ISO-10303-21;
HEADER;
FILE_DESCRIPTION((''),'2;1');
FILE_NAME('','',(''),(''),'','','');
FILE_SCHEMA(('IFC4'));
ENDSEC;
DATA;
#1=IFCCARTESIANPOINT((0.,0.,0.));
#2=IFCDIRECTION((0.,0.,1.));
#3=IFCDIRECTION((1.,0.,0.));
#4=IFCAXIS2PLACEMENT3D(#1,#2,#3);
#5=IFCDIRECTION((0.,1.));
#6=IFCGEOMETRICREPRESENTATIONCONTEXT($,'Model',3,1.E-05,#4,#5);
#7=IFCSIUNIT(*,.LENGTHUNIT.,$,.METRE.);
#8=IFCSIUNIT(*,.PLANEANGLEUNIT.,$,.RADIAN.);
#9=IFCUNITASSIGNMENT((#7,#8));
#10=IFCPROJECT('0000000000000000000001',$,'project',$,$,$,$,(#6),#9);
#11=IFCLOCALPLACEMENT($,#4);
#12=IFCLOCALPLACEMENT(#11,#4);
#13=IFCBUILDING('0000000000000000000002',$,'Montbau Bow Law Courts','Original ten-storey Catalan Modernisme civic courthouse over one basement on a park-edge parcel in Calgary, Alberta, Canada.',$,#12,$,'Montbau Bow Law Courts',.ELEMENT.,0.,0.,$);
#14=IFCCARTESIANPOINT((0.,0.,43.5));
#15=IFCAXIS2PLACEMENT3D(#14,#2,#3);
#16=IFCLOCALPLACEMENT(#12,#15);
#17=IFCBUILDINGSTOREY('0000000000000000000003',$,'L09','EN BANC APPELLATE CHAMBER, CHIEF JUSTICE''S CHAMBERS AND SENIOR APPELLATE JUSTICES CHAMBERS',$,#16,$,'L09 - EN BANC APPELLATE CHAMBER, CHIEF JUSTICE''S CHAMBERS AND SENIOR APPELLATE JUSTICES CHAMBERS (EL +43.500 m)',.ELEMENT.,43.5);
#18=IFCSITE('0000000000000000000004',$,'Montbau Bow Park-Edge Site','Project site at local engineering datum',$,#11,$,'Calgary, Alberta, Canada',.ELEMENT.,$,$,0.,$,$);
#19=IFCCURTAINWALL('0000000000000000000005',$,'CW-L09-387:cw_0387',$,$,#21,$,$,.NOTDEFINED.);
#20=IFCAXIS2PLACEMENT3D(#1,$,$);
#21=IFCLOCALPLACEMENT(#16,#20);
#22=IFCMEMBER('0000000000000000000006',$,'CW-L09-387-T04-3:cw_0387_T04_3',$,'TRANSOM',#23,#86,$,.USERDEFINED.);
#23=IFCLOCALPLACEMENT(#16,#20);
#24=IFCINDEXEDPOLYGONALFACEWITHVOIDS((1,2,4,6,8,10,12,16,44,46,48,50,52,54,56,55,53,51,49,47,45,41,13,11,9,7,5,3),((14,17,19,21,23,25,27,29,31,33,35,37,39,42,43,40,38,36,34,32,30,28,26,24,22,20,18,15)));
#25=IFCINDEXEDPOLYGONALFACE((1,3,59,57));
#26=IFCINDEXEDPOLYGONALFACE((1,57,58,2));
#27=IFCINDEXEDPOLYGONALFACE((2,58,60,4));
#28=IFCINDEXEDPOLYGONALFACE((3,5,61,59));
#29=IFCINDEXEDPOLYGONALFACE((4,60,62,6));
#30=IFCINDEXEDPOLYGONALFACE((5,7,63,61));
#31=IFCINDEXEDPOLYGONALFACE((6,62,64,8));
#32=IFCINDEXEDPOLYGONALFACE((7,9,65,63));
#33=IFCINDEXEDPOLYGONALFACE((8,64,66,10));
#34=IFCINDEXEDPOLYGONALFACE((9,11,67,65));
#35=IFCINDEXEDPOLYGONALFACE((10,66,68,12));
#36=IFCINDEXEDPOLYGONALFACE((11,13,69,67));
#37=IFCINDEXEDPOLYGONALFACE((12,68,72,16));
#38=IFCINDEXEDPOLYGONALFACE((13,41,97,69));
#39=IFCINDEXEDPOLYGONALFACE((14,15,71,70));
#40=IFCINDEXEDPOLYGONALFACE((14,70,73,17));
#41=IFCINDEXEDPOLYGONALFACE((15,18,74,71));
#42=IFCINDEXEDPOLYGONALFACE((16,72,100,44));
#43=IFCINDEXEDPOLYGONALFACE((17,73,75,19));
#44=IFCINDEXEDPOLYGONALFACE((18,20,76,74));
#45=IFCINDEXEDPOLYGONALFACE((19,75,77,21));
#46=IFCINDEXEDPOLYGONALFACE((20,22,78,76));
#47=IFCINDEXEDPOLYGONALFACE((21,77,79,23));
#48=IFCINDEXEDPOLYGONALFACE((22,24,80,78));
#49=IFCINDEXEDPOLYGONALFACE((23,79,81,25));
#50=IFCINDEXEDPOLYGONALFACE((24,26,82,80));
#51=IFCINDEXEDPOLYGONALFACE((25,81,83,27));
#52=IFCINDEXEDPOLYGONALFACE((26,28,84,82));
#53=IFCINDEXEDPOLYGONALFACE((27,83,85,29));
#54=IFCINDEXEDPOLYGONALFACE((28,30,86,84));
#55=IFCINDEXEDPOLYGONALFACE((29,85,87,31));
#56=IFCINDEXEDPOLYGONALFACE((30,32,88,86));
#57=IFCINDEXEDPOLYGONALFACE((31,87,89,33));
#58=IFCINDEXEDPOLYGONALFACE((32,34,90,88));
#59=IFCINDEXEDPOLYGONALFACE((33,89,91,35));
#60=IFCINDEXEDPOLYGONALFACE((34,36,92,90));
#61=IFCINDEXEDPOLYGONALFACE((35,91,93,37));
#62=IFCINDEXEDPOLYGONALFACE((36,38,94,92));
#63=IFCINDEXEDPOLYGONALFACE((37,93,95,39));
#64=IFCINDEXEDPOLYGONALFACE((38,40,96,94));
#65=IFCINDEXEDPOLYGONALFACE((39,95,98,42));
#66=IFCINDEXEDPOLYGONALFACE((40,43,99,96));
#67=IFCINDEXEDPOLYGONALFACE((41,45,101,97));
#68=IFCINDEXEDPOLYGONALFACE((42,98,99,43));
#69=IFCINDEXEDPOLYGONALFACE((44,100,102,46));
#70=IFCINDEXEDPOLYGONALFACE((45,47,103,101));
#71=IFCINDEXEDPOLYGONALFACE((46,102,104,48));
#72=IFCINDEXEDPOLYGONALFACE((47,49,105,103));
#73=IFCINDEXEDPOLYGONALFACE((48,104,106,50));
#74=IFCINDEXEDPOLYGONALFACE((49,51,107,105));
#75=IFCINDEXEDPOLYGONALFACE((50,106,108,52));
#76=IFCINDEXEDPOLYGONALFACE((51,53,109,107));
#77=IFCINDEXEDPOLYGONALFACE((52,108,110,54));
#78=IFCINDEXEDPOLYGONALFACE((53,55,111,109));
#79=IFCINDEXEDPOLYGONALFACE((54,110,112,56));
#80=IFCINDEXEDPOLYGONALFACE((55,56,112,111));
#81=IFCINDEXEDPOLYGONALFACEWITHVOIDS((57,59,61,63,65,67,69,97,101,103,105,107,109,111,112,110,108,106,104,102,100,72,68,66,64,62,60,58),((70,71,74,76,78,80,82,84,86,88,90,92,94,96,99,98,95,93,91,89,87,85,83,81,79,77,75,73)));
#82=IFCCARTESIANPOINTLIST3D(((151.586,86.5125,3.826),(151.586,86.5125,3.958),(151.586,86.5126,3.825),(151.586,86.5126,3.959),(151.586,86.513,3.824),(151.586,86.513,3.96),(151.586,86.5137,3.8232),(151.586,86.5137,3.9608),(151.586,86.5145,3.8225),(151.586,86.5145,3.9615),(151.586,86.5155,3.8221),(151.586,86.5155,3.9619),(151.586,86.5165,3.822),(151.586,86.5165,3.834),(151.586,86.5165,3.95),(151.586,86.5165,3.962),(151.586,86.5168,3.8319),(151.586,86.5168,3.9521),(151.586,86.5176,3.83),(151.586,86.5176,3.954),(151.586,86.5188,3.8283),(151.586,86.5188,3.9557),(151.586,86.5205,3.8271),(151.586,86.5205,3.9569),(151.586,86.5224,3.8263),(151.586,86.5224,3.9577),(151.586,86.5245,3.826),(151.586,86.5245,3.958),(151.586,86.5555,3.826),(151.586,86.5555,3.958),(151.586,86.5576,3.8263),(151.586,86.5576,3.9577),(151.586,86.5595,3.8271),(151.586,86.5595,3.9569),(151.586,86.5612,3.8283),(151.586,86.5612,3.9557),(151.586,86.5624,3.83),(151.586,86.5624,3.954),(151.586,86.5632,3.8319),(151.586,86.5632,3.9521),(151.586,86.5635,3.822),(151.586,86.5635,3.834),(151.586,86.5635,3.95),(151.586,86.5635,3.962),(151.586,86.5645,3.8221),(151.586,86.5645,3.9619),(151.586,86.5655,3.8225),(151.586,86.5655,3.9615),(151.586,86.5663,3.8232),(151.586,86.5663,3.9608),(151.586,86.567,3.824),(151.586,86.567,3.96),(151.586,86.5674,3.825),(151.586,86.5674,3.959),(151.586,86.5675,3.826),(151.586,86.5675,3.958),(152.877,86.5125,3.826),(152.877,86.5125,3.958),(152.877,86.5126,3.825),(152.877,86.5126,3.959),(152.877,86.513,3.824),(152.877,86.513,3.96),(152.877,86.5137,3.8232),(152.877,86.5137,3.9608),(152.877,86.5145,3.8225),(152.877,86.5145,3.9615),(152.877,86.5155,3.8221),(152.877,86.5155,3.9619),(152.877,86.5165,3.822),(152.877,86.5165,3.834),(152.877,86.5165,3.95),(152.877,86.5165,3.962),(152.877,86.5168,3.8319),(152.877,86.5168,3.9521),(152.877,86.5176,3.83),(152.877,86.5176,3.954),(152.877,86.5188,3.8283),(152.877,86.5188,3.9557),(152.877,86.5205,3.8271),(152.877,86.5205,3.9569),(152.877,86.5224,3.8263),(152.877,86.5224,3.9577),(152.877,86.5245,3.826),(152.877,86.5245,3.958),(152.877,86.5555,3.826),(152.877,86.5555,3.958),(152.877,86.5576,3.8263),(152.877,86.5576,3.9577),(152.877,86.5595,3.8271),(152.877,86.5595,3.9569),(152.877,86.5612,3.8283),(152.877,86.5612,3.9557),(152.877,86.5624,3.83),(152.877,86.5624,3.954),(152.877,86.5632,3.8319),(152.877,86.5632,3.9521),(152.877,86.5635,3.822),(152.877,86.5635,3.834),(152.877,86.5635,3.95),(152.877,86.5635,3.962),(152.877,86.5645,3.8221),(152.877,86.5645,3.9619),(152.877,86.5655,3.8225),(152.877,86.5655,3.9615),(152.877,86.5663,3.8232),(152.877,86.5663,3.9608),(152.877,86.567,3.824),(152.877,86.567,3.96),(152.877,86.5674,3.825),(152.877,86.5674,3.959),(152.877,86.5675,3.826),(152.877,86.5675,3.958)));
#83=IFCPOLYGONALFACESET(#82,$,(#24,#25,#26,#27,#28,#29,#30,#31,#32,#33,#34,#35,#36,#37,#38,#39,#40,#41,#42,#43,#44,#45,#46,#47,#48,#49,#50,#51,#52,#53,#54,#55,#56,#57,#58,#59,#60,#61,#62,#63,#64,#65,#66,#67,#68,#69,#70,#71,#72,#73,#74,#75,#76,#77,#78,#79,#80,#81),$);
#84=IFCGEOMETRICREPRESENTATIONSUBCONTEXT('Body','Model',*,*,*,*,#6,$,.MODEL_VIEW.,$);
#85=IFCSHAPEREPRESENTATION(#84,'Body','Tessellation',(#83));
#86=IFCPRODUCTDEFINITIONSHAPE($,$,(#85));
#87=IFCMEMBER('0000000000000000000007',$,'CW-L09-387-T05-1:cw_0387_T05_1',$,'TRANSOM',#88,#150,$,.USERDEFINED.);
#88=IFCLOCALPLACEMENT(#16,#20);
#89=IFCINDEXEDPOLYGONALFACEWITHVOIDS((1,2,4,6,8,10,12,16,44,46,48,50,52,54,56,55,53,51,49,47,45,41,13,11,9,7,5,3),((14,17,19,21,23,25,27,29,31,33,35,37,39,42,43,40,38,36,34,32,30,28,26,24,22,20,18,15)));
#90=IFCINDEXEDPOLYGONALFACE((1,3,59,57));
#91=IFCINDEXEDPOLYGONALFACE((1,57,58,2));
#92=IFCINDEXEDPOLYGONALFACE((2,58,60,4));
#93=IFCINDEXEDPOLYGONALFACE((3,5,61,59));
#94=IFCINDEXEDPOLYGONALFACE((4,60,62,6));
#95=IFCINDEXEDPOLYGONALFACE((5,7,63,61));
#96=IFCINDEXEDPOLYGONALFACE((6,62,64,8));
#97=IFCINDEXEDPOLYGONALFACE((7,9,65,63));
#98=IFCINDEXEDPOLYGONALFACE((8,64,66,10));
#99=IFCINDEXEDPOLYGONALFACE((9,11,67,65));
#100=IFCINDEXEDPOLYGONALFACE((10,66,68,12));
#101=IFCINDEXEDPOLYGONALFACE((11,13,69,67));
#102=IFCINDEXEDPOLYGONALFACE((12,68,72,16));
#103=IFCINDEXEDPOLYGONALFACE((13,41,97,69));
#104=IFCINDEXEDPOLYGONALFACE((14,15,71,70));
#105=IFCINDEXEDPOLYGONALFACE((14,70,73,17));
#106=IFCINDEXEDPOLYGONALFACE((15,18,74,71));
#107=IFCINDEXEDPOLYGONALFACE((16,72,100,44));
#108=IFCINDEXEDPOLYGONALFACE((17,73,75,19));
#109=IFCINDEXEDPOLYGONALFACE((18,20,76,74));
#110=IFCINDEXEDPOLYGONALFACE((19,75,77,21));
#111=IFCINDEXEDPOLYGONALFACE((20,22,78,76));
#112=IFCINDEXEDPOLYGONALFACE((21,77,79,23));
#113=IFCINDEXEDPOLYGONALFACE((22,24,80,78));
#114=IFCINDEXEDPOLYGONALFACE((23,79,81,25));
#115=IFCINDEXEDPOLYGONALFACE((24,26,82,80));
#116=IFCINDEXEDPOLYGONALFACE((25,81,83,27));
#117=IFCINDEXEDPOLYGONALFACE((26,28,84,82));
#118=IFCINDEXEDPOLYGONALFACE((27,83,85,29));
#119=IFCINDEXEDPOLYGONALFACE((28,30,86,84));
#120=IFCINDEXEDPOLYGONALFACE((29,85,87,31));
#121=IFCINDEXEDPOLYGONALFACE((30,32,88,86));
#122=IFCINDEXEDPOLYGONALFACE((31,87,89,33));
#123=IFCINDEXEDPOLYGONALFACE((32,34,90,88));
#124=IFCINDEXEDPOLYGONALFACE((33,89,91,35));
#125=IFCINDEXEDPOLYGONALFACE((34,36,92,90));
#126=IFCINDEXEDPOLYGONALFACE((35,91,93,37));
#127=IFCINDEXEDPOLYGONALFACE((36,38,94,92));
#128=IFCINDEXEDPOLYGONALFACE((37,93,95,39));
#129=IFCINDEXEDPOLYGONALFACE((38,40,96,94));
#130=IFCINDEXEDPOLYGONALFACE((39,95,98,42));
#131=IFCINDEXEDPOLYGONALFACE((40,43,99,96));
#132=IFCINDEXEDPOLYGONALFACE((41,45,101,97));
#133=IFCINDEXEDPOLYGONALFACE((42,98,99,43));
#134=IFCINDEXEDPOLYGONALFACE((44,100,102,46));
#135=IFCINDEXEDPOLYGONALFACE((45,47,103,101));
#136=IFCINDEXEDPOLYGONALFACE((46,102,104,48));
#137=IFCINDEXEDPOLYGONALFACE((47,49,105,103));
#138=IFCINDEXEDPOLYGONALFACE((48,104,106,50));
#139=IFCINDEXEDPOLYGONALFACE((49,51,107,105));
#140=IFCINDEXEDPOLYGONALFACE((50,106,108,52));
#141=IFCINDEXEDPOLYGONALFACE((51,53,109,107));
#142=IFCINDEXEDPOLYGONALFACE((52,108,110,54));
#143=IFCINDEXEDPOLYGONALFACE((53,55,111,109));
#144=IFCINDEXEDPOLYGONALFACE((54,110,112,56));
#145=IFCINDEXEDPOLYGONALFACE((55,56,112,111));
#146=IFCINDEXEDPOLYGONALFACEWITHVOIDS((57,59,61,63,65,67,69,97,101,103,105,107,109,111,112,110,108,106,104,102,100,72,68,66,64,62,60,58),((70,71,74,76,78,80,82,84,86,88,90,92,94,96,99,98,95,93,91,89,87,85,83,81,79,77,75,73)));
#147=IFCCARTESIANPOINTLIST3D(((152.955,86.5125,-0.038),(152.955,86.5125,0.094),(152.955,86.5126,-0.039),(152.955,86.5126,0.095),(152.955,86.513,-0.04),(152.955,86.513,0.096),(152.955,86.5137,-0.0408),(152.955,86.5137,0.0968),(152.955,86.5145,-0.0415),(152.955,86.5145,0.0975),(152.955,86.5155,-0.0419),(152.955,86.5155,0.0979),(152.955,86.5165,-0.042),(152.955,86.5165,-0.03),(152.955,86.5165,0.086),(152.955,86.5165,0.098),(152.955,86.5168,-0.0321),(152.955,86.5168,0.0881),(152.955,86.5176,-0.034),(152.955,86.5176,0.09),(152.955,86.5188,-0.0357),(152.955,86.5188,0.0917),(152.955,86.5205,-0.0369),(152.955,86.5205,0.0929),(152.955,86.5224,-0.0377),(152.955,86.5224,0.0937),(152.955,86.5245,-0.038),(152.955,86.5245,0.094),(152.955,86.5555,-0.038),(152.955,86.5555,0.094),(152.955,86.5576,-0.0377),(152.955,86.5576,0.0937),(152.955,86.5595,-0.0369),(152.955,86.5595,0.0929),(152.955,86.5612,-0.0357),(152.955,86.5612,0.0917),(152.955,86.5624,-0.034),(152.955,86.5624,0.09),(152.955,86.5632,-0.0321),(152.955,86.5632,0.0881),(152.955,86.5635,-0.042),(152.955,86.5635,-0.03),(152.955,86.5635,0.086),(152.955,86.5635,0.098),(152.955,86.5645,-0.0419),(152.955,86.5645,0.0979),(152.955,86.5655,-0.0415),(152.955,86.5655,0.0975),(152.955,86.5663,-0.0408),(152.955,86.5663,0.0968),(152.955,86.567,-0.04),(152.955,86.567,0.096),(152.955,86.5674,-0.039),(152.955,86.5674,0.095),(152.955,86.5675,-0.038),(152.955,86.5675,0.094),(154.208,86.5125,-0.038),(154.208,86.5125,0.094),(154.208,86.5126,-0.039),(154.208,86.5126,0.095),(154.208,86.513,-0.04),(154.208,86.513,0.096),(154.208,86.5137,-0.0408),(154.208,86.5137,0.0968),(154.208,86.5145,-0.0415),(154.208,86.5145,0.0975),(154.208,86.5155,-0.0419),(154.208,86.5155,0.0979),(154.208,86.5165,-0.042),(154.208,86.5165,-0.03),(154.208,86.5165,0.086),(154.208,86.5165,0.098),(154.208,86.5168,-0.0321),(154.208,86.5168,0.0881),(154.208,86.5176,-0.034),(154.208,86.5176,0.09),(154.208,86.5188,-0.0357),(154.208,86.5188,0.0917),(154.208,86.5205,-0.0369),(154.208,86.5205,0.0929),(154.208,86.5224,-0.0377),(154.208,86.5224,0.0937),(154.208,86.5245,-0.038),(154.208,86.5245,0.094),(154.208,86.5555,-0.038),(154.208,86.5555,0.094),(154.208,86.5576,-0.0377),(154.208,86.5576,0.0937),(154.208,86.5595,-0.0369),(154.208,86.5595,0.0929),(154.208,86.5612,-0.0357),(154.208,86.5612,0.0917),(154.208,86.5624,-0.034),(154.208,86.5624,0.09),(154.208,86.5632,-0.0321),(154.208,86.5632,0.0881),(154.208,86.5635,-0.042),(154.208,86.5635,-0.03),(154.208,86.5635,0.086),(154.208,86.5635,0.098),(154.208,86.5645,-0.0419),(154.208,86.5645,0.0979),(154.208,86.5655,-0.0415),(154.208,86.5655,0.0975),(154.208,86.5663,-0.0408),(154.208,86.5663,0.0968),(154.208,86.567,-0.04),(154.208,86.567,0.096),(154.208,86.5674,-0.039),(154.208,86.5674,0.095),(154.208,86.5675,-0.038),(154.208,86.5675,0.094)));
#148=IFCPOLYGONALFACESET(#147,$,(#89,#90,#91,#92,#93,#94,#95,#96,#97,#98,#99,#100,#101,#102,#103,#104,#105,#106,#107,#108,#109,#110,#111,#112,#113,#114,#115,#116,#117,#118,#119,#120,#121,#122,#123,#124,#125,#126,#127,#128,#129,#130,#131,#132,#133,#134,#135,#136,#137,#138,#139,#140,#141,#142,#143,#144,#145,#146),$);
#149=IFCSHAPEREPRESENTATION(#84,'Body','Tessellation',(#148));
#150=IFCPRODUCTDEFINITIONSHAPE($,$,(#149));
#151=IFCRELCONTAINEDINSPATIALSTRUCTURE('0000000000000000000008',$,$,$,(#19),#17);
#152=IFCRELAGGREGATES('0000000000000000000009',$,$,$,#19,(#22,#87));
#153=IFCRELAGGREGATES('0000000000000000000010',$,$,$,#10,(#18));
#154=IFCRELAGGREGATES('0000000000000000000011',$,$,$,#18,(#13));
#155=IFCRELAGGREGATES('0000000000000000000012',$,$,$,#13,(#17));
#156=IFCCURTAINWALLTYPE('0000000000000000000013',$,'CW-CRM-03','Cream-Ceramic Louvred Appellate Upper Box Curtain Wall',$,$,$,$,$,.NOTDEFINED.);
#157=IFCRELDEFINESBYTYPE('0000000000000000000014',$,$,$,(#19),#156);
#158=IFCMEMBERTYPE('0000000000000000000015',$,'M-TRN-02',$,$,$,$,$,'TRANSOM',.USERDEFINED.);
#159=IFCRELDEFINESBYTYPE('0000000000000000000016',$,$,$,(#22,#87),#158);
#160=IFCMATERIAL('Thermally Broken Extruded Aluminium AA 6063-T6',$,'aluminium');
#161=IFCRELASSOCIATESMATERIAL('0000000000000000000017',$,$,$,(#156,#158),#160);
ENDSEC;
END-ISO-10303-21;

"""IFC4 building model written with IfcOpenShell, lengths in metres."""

from ifc_helpers import new_model, si_unit, direction, frame, origin_with_axes, origin_2d_with_axis, place, context, subcontext, project, spatial, hollow_rectangle, extrude, material, material_profile, profile_set, type_object, element, aggregate, save


model = new_model("IFC4")

# Units and contexts
model_context = context("Model", 3, precision=1e-05, world=origin_with_axes(), true_north=direction((0.0, 1.0)))
body_context = subcontext(model_context, "Body", "Model", "MODEL_VIEW")
ifc_project = project(units=[si_unit("LENGTHUNIT", "METRE"), si_unit("PLANEANGLEUNIT", "RADIAN")], contexts=[model_context])

# Site, building, storey
site_placement = place(None, origin_with_axes())
site = spatial("IfcSite", under=ifc_project, at=site_placement, Name="Montbau Bow Park-Edge Site", Description="Project site at local engineering datum", LongName="Calgary, Alberta, Canada", CompositionType="ELEMENT", RefElevation=0.0)
building_placement = place(site_placement, origin_with_axes())
building = spatial("IfcBuilding", under=site, at=building_placement, Name="Montbau Bow Law Courts", Description="Original ten-storey Catalan Modernisme civic courthouse over one basement on a park-edge parcel in Calgary, Alberta, Canada.", LongName="Montbau Bow Law Courts", CompositionType="ELEMENT", ElevationOfRefHeight=0.0, ElevationOfTerrain=0.0)
storey_placement = place(building_placement, frame((0.0, 0.0, 43.5), z_axis=(0.0, 0.0, 1.0), x_axis=(1.0, 0.0, 0.0)))
storey = spatial("IfcBuildingStorey", under=building, at=storey_placement, Name="L09", Description="EN BANC APPELLATE CHAMBER, CHIEF JUSTICE'S CHAMBERS AND SENIOR APPELLATE JUSTICES CHAMBERS", LongName="L09 - EN BANC APPELLATE CHAMBER, CHIEF JUSTICE'S CHAMBERS AND SENIOR APPELLATE JUSTICES CHAMBERS (EL +43.500 m)", CompositionType="ELEMENT", Elevation=43.5)

# Curtain wall, members
ifc_material_1 = material(Name="Thermally Broken Extruded Aluminium AA 6063-T6", Category="aluminium")
curtain_wall_type = type_object("IfcCurtainWallType", Name="CW-CRM-03", Description="Cream-Ceramic Louvred Appellate Upper Box Curtain Wall", PredefinedType="NOTDEFINED", material=ifc_material_1)
curtain_wall_placement = place(None, frame((147.44, 86.54, 43.5), z_axis=(0.0, 0.0, 1.0), x_axis=(1.0, 0.0, 0.0)))
curtain_wall = element("IfcCurtainWall", 1, at=curtain_wall_placement, inside=storey, type_object=curtain_wall_type, Name="CW-L09-387:cw_0387", PredefinedType="NOTDEFINED")
ifc_material_profile_1 = material_profile(ifc_material_1, hollow_rectangle(XDim=0.055, YDim=0.14, WallThickness=0.004, InnerFilletRadius=0.008, OuterFilletRadius=0.004, at=origin_2d_with_axis()), Name="CWT-140X55", Category="Main", Priority=0)
ifc_profile_set_1 = profile_set([ifc_material_profile_1], Name="Thermally Broken Extruded Aluminium AA 6063-T6")
member_type_1 = type_object("IfcMemberType", Name="M-TRN-02", ElementType="TRANSOM", PredefinedType="USERDEFINED", material=ifc_profile_set_1)
member_1_placement = place(None, frame((151.586, 86.54, 47.392), z_axis=(1.0, 0.0, 0.0), x_axis=(0.0, 1.0, 0.0)))
member_1 = element("IfcMember", 2, at=member_1_placement, type_object=member_type_1, Name="CW-L09-387-T04-3:cw_0387_T04_3", ObjectType="TRANSOM", PredefinedType="USERDEFINED", context=body_context, shape_type="SweptSolid", body=[
    extrude(hollow_rectangle(XDim=0.055, YDim=0.14, WallThickness=0.004, InnerFilletRadius=0.008, OuterFilletRadius=0.004, at=origin_2d_with_axis()), origin_with_axes(), (0.0, 0.0, 1.0), 1.291),
])
member_2_placement = place(None, frame((152.955, 86.54, 43.528), z_axis=(1.0, 0.0, 0.0), x_axis=(0.0, 1.0, 0.0)))
member_2 = element("IfcMember", 3, at=member_2_placement, type_object=member_type_1, Name="CW-L09-387-T05-1:cw_0387_T05_1", ObjectType="TRANSOM", PredefinedType="USERDEFINED", context=body_context, shape_type="SweptSolid", body=[
    extrude(hollow_rectangle(XDim=0.055, YDim=0.14, WallThickness=0.004, InnerFilletRadius=0.008, OuterFilletRadius=0.004, at=origin_2d_with_axis()), origin_with_axes(), (0.0, 0.0, 1.0), 1.253),
])
aggregate(curtain_wall, [member_1, member_2])

save(model, "model.ifc")
